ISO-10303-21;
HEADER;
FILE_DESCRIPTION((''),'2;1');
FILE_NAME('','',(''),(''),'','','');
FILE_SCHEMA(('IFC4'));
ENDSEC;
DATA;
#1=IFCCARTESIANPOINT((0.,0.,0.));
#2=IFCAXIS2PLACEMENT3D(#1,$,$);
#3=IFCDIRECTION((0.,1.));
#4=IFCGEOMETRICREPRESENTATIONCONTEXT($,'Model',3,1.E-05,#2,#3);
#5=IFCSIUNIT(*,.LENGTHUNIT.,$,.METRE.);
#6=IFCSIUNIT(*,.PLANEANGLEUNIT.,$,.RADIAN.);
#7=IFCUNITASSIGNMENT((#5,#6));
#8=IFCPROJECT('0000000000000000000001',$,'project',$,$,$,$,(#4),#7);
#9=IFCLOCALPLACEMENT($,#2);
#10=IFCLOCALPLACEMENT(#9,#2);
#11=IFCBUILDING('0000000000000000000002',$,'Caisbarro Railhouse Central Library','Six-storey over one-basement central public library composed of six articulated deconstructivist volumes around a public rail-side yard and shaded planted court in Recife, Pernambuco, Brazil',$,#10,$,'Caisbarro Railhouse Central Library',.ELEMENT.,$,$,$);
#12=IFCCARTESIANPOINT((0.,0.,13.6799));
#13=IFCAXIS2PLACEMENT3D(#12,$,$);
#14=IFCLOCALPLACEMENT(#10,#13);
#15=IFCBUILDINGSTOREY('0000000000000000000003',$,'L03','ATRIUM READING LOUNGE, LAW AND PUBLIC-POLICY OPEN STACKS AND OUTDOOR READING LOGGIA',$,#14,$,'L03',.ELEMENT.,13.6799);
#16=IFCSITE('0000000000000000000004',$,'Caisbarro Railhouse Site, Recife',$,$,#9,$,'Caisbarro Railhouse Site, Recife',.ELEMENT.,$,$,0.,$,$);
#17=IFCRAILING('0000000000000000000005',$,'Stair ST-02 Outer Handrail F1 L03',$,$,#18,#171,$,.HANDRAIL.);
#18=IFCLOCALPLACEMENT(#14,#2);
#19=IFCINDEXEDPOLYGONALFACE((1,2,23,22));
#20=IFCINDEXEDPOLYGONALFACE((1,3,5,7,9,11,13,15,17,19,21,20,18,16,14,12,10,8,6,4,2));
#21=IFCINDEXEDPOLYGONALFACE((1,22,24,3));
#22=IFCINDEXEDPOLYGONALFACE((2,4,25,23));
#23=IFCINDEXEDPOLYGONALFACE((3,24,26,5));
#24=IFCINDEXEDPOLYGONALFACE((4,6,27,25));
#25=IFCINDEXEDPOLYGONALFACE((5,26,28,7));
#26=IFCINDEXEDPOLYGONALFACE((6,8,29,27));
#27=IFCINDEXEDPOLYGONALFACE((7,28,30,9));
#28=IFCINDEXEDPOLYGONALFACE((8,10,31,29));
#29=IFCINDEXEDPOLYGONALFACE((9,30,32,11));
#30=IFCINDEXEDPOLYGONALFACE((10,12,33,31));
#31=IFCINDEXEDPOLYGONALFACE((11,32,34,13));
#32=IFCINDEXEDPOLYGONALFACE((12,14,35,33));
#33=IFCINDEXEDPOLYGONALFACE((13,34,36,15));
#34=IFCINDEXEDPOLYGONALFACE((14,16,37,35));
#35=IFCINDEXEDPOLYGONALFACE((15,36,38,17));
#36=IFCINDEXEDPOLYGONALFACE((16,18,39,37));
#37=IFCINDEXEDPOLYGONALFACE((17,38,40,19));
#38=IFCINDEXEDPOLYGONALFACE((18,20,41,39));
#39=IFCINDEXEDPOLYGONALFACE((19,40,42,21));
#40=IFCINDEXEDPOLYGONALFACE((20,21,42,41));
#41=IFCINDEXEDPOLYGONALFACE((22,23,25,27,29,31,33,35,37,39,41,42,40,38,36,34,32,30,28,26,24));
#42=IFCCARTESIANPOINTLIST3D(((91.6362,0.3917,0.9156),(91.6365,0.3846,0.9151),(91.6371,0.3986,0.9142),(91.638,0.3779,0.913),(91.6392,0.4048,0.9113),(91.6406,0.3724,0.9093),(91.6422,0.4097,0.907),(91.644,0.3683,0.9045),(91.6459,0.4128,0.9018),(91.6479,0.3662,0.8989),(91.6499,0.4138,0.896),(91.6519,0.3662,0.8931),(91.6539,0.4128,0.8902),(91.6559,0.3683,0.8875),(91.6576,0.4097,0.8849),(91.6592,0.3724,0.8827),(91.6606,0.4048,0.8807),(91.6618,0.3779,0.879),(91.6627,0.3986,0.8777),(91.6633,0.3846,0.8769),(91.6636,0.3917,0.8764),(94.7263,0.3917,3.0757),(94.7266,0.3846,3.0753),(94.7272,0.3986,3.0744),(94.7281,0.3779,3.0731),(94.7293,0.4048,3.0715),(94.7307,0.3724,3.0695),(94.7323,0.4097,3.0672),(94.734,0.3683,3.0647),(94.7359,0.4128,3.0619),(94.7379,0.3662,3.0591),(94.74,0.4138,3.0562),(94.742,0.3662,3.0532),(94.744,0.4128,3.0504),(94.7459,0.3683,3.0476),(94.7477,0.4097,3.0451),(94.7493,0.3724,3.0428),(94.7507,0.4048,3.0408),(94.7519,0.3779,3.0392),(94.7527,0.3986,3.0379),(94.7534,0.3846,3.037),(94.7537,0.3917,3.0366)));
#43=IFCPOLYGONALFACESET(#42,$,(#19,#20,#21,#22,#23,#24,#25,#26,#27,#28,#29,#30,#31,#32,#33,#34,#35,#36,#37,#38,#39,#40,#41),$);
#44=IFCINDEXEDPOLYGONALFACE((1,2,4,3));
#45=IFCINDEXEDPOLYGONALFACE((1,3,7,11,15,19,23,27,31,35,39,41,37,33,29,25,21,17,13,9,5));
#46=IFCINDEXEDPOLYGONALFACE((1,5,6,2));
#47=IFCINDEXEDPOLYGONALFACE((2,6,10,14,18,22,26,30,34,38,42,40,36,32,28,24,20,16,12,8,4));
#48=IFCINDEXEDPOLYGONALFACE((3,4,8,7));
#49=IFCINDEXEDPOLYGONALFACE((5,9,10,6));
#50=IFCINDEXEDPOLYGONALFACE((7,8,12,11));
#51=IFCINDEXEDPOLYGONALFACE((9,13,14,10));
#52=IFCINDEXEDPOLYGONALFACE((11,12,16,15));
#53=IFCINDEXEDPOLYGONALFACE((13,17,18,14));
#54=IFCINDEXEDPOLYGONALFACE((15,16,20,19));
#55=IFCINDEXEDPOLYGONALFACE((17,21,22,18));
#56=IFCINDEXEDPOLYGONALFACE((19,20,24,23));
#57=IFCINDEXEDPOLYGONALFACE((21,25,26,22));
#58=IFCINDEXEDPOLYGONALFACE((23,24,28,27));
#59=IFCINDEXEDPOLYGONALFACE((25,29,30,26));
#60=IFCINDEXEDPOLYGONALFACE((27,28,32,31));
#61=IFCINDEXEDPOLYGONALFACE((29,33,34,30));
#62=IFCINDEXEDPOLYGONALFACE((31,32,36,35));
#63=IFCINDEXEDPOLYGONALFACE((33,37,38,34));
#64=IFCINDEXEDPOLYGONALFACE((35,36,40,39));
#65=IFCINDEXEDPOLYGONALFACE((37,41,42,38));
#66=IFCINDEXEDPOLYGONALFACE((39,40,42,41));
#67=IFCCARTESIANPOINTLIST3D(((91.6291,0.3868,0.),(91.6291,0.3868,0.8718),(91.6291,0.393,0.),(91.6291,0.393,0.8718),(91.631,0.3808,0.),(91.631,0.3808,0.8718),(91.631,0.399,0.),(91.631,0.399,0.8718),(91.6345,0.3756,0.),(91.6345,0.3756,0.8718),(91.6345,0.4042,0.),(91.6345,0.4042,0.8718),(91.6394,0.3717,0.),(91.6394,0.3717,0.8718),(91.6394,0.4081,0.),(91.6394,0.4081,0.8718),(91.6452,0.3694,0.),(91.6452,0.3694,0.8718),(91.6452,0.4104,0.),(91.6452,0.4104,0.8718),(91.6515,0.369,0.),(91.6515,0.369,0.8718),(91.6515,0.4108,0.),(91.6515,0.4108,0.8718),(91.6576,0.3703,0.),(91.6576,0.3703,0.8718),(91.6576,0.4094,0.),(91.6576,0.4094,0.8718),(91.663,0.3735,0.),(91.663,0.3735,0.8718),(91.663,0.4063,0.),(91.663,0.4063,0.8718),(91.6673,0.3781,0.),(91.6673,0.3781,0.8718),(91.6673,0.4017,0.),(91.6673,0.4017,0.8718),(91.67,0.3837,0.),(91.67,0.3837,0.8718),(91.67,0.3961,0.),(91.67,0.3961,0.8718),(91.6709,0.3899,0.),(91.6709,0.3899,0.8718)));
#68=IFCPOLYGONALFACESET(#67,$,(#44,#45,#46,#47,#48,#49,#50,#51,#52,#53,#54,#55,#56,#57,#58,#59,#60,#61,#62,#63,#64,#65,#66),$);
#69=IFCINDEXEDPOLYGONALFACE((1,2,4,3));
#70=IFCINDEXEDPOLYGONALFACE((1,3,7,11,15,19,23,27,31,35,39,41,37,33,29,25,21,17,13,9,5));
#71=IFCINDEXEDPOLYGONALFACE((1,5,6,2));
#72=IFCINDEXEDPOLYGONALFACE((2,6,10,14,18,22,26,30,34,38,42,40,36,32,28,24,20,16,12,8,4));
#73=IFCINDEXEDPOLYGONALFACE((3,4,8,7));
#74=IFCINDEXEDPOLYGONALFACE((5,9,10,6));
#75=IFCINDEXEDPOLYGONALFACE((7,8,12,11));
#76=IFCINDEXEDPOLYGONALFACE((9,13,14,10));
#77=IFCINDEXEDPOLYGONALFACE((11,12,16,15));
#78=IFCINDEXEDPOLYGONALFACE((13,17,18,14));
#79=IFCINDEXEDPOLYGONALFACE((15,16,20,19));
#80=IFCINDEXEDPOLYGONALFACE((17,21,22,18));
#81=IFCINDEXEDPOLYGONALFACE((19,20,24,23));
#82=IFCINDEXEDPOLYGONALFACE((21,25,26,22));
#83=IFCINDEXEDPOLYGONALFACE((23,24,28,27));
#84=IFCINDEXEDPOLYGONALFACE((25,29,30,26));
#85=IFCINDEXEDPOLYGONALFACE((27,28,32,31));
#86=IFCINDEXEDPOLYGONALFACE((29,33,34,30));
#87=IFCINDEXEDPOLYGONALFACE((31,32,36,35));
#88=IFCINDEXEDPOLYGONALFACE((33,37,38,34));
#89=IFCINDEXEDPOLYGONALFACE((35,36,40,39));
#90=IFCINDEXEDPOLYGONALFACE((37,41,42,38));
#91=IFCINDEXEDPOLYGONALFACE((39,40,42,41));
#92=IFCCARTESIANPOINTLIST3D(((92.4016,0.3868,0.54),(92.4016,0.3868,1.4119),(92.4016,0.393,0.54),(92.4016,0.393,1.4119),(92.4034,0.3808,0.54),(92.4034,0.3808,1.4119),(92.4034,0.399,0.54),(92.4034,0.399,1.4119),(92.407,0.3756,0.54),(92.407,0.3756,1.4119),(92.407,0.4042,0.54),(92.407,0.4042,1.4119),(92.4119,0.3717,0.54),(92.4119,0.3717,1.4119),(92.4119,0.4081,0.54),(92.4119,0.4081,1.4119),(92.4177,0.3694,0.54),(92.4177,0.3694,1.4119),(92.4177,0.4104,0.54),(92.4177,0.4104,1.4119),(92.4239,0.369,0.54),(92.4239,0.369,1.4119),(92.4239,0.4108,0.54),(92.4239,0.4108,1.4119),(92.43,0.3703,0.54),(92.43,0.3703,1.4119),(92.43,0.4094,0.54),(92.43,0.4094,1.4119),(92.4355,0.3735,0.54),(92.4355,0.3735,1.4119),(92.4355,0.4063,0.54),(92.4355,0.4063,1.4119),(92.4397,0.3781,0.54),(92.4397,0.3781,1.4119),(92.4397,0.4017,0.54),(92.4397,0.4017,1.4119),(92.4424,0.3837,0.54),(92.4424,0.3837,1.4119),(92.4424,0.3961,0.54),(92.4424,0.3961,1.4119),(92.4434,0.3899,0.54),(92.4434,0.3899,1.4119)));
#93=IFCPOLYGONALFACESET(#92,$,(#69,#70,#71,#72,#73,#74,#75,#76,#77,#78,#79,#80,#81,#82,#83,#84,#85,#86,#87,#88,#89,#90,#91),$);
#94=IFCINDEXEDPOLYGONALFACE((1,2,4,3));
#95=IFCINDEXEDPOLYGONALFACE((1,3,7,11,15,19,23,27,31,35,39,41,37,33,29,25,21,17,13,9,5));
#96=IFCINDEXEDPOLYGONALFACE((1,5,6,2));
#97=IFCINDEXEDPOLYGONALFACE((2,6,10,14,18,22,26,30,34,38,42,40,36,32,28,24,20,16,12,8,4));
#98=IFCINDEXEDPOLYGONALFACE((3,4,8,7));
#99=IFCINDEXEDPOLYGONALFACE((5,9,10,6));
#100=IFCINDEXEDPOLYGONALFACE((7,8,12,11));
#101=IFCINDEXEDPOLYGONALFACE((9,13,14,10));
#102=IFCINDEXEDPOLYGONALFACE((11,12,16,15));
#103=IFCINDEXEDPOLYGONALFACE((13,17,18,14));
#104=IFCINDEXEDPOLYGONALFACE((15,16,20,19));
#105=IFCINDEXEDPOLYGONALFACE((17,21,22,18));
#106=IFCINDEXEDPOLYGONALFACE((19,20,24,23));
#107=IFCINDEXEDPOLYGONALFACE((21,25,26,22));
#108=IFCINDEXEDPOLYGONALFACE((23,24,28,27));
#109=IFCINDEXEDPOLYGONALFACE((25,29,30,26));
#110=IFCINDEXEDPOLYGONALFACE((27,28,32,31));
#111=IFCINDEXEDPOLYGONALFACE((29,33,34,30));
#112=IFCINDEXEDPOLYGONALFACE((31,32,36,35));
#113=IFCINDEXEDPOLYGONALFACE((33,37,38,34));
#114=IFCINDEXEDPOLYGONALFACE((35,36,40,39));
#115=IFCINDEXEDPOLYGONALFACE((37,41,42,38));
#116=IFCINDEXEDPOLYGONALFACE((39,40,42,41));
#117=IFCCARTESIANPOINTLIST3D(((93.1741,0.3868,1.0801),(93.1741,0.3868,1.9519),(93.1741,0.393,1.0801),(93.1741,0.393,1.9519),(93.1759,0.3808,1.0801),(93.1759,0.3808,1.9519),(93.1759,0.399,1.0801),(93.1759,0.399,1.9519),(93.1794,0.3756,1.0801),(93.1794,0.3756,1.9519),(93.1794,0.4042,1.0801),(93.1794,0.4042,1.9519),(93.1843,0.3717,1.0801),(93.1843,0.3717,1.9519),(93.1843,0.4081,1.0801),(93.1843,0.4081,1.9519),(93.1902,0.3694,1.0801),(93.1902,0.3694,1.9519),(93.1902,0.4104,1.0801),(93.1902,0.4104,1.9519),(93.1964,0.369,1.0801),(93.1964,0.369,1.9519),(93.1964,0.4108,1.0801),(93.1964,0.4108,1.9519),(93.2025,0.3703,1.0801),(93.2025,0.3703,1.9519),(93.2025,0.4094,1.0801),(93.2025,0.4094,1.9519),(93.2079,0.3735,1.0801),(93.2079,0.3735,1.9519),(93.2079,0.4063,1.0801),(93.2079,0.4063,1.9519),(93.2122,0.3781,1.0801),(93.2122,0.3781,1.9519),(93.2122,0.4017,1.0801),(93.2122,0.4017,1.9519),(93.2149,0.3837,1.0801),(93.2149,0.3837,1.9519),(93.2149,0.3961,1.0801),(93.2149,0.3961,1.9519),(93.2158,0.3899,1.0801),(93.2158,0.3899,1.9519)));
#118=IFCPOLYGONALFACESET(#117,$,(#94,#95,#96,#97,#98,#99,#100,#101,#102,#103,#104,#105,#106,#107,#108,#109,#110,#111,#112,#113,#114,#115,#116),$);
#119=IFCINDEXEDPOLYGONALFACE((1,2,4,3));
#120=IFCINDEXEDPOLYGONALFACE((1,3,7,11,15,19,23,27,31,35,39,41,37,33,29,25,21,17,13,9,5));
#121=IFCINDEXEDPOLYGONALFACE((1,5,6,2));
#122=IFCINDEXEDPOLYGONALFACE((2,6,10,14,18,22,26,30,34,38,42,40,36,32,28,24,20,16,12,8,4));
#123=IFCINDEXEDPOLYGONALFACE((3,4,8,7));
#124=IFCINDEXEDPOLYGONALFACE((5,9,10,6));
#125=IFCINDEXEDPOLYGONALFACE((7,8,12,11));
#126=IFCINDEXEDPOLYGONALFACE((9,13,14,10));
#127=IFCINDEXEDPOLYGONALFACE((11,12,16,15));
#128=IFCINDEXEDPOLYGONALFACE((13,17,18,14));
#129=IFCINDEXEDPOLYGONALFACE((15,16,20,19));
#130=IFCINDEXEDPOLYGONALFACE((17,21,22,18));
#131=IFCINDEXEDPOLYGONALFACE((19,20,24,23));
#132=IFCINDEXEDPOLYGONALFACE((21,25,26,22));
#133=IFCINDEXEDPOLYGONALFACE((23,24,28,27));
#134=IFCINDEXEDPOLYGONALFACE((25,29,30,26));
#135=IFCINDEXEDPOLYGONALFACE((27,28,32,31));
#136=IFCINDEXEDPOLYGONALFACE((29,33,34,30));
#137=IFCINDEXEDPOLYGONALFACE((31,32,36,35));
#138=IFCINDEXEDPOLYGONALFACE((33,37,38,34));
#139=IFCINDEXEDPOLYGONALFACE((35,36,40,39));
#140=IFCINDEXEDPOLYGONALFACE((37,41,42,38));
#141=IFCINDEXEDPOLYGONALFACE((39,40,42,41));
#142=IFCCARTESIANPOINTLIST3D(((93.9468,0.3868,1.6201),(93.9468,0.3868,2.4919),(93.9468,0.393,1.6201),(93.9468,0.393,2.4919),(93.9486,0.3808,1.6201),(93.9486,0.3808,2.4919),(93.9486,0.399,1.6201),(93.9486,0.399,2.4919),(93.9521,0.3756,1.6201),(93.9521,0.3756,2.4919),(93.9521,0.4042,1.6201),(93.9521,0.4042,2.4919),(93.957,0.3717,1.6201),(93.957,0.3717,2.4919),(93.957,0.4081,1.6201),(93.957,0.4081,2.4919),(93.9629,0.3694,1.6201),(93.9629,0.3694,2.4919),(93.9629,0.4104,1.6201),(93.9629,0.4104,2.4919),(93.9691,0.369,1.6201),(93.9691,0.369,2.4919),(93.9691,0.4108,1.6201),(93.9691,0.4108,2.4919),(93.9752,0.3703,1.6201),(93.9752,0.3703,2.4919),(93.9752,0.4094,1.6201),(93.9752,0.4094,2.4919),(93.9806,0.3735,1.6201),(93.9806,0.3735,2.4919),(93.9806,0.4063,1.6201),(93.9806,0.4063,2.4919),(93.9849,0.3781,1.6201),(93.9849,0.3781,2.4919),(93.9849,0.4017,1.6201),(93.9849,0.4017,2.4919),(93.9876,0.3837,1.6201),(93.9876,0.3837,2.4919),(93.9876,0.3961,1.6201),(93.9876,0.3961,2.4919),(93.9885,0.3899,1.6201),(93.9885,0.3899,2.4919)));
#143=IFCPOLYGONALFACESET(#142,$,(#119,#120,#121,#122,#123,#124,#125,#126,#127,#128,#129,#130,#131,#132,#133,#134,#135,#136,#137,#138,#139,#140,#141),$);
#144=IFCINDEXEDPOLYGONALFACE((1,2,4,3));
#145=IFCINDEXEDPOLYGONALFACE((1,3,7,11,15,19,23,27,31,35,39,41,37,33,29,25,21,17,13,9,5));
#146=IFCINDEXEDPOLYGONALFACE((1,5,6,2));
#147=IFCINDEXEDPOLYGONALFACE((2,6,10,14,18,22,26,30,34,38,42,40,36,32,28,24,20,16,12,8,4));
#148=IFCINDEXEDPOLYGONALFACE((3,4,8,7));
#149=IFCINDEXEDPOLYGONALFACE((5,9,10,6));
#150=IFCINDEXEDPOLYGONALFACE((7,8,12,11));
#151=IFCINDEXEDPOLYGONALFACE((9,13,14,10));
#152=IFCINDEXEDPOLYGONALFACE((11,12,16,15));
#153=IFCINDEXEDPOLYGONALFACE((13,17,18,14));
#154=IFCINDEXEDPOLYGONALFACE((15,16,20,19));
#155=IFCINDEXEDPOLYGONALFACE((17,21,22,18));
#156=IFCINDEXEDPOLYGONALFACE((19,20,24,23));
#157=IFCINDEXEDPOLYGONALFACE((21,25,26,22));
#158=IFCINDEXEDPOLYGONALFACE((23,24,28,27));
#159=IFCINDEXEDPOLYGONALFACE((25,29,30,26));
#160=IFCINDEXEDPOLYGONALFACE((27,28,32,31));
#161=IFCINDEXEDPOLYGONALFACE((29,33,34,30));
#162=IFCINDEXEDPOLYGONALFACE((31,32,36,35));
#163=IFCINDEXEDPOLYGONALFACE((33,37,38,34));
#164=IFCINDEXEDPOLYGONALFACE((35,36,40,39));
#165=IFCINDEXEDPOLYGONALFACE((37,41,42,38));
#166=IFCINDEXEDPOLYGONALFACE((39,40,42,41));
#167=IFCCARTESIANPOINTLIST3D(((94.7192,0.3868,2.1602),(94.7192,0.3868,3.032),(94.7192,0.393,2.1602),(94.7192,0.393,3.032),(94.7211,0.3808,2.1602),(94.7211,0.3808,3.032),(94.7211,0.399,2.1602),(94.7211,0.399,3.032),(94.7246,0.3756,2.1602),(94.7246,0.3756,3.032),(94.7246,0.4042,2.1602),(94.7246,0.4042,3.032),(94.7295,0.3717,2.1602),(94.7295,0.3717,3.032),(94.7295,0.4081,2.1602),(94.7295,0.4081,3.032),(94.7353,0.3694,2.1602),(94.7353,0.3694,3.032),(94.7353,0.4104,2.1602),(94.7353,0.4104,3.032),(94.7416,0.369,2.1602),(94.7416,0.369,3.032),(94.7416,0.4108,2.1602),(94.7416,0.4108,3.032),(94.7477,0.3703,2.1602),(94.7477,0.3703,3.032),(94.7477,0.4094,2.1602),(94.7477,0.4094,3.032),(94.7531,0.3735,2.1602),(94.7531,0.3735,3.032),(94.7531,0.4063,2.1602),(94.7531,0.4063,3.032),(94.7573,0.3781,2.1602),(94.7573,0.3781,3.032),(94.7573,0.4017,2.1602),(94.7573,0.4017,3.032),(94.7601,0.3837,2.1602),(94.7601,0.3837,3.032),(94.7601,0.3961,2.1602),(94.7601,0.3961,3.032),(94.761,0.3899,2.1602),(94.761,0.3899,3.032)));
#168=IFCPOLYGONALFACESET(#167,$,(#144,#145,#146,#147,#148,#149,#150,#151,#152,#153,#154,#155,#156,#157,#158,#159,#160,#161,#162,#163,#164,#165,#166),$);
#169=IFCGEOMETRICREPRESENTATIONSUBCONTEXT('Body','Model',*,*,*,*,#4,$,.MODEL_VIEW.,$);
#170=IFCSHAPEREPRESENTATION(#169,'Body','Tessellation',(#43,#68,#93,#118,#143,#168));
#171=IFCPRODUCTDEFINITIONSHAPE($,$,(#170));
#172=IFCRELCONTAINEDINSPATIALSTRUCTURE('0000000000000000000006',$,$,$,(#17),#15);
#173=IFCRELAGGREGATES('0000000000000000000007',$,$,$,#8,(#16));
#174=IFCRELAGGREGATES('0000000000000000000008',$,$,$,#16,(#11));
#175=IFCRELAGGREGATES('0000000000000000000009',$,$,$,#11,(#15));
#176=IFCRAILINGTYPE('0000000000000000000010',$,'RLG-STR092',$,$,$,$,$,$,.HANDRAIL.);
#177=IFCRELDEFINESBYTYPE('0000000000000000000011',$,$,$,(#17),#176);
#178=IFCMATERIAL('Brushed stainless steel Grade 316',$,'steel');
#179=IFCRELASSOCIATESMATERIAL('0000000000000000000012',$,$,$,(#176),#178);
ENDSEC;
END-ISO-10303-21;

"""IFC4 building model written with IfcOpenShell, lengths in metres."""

from ifc_helpers import new_model, si_unit, direction, frame, origin, origin_2d, place, context, subcontext, project, spatial, circle, extrude, material, type_object, element, save


model = new_model("IFC4")

# Units and contexts
model_context = context("Model", 3, precision=1e-05, world=origin(), true_north=direction((0.0, 1.0)))
body_context = subcontext(model_context, "Body", "Model", "MODEL_VIEW")
ifc_project = project(units=[si_unit("LENGTHUNIT", "METRE"), si_unit("PLANEANGLEUNIT", "RADIAN")], contexts=[model_context])

# Site, building, storey
site_placement = place(None, origin())
site = spatial("IfcSite", under=ifc_project, at=site_placement, Name="Caisbarro Railhouse Site, Recife", LongName="Caisbarro Railhouse Site, Recife", CompositionType="ELEMENT", RefElevation=0.0)
building_placement = place(site_placement, origin())
building = spatial("IfcBuilding", under=site, at=building_placement, Name="Caisbarro Railhouse Central Library", Description="Six-storey over one-basement central public library composed of six articulated deconstructivist volumes around a public rail-side yard and shaded planted court in Recife, Pernambuco, Brazil", LongName="Caisbarro Railhouse Central Library", CompositionType="ELEMENT")
storey_placement = place(building_placement, frame((0.0, 0.0, 13.6799)))
storey = spatial("IfcBuildingStorey", under=building, at=storey_placement, Name="L03", Description="ATRIUM READING LOUNGE, LAW AND PUBLIC-POLICY OPEN STACKS AND OUTDOOR READING LOGGIA", LongName="L03", CompositionType="ELEMENT", Elevation=13.6799)

# Railing
ifc_material_1 = material(Name="Brushed stainless steel Grade 316", Category="steel")
railing_type_1 = type_object("IfcRailingType", Name="RLG-STR092", PredefinedType="HANDRAIL", material=ifc_material_1)
railing_1_placement = place(storey_placement, frame((91.6499, 0.3899, 0.0)))
element("IfcRailing", 1, at=railing_1_placement, inside=storey, type_object=railing_type_1, Name="Stair ST-02 Outer Handrail F1 L03", PredefinedType="HANDRAIL", context=body_context, shape_type="SweptSolid", body=[
    extrude(circle(Radius=0.0239, at=origin_2d()), frame((0.0, 0.0, 0.896), z_axis=(0.819594, 0.0, 0.572945), x_axis=(0.0, 1.0, 0.0)), (0.0, 0.0, 1.0), 3.7703),
    extrude(circle(Radius=0.021, at=origin_2d()), origin(), (0.0, 0.0, 1.0), 0.8718),
    extrude(circle(Radius=0.021, at=origin_2d()), frame((0.7725, 0.0, 0.54)), (0.0, 0.0, 1.0), 0.8718),
    extrude(circle(Radius=0.021, at=origin_2d()), frame((1.5449, 0.0, 1.0801)), (0.0, 0.0, 1.0), 0.8718),
    extrude(circle(Radius=0.021, at=origin_2d()), frame((2.3176, 0.0, 1.6201)), (0.0, 0.0, 1.0), 0.8718),
    extrude(circle(Radius=0.021, at=origin_2d()), frame((3.0901, 0.0, 2.1602)), (0.0, 0.0, 1.0), 0.8718),
])

save(model, "model.ifc")
